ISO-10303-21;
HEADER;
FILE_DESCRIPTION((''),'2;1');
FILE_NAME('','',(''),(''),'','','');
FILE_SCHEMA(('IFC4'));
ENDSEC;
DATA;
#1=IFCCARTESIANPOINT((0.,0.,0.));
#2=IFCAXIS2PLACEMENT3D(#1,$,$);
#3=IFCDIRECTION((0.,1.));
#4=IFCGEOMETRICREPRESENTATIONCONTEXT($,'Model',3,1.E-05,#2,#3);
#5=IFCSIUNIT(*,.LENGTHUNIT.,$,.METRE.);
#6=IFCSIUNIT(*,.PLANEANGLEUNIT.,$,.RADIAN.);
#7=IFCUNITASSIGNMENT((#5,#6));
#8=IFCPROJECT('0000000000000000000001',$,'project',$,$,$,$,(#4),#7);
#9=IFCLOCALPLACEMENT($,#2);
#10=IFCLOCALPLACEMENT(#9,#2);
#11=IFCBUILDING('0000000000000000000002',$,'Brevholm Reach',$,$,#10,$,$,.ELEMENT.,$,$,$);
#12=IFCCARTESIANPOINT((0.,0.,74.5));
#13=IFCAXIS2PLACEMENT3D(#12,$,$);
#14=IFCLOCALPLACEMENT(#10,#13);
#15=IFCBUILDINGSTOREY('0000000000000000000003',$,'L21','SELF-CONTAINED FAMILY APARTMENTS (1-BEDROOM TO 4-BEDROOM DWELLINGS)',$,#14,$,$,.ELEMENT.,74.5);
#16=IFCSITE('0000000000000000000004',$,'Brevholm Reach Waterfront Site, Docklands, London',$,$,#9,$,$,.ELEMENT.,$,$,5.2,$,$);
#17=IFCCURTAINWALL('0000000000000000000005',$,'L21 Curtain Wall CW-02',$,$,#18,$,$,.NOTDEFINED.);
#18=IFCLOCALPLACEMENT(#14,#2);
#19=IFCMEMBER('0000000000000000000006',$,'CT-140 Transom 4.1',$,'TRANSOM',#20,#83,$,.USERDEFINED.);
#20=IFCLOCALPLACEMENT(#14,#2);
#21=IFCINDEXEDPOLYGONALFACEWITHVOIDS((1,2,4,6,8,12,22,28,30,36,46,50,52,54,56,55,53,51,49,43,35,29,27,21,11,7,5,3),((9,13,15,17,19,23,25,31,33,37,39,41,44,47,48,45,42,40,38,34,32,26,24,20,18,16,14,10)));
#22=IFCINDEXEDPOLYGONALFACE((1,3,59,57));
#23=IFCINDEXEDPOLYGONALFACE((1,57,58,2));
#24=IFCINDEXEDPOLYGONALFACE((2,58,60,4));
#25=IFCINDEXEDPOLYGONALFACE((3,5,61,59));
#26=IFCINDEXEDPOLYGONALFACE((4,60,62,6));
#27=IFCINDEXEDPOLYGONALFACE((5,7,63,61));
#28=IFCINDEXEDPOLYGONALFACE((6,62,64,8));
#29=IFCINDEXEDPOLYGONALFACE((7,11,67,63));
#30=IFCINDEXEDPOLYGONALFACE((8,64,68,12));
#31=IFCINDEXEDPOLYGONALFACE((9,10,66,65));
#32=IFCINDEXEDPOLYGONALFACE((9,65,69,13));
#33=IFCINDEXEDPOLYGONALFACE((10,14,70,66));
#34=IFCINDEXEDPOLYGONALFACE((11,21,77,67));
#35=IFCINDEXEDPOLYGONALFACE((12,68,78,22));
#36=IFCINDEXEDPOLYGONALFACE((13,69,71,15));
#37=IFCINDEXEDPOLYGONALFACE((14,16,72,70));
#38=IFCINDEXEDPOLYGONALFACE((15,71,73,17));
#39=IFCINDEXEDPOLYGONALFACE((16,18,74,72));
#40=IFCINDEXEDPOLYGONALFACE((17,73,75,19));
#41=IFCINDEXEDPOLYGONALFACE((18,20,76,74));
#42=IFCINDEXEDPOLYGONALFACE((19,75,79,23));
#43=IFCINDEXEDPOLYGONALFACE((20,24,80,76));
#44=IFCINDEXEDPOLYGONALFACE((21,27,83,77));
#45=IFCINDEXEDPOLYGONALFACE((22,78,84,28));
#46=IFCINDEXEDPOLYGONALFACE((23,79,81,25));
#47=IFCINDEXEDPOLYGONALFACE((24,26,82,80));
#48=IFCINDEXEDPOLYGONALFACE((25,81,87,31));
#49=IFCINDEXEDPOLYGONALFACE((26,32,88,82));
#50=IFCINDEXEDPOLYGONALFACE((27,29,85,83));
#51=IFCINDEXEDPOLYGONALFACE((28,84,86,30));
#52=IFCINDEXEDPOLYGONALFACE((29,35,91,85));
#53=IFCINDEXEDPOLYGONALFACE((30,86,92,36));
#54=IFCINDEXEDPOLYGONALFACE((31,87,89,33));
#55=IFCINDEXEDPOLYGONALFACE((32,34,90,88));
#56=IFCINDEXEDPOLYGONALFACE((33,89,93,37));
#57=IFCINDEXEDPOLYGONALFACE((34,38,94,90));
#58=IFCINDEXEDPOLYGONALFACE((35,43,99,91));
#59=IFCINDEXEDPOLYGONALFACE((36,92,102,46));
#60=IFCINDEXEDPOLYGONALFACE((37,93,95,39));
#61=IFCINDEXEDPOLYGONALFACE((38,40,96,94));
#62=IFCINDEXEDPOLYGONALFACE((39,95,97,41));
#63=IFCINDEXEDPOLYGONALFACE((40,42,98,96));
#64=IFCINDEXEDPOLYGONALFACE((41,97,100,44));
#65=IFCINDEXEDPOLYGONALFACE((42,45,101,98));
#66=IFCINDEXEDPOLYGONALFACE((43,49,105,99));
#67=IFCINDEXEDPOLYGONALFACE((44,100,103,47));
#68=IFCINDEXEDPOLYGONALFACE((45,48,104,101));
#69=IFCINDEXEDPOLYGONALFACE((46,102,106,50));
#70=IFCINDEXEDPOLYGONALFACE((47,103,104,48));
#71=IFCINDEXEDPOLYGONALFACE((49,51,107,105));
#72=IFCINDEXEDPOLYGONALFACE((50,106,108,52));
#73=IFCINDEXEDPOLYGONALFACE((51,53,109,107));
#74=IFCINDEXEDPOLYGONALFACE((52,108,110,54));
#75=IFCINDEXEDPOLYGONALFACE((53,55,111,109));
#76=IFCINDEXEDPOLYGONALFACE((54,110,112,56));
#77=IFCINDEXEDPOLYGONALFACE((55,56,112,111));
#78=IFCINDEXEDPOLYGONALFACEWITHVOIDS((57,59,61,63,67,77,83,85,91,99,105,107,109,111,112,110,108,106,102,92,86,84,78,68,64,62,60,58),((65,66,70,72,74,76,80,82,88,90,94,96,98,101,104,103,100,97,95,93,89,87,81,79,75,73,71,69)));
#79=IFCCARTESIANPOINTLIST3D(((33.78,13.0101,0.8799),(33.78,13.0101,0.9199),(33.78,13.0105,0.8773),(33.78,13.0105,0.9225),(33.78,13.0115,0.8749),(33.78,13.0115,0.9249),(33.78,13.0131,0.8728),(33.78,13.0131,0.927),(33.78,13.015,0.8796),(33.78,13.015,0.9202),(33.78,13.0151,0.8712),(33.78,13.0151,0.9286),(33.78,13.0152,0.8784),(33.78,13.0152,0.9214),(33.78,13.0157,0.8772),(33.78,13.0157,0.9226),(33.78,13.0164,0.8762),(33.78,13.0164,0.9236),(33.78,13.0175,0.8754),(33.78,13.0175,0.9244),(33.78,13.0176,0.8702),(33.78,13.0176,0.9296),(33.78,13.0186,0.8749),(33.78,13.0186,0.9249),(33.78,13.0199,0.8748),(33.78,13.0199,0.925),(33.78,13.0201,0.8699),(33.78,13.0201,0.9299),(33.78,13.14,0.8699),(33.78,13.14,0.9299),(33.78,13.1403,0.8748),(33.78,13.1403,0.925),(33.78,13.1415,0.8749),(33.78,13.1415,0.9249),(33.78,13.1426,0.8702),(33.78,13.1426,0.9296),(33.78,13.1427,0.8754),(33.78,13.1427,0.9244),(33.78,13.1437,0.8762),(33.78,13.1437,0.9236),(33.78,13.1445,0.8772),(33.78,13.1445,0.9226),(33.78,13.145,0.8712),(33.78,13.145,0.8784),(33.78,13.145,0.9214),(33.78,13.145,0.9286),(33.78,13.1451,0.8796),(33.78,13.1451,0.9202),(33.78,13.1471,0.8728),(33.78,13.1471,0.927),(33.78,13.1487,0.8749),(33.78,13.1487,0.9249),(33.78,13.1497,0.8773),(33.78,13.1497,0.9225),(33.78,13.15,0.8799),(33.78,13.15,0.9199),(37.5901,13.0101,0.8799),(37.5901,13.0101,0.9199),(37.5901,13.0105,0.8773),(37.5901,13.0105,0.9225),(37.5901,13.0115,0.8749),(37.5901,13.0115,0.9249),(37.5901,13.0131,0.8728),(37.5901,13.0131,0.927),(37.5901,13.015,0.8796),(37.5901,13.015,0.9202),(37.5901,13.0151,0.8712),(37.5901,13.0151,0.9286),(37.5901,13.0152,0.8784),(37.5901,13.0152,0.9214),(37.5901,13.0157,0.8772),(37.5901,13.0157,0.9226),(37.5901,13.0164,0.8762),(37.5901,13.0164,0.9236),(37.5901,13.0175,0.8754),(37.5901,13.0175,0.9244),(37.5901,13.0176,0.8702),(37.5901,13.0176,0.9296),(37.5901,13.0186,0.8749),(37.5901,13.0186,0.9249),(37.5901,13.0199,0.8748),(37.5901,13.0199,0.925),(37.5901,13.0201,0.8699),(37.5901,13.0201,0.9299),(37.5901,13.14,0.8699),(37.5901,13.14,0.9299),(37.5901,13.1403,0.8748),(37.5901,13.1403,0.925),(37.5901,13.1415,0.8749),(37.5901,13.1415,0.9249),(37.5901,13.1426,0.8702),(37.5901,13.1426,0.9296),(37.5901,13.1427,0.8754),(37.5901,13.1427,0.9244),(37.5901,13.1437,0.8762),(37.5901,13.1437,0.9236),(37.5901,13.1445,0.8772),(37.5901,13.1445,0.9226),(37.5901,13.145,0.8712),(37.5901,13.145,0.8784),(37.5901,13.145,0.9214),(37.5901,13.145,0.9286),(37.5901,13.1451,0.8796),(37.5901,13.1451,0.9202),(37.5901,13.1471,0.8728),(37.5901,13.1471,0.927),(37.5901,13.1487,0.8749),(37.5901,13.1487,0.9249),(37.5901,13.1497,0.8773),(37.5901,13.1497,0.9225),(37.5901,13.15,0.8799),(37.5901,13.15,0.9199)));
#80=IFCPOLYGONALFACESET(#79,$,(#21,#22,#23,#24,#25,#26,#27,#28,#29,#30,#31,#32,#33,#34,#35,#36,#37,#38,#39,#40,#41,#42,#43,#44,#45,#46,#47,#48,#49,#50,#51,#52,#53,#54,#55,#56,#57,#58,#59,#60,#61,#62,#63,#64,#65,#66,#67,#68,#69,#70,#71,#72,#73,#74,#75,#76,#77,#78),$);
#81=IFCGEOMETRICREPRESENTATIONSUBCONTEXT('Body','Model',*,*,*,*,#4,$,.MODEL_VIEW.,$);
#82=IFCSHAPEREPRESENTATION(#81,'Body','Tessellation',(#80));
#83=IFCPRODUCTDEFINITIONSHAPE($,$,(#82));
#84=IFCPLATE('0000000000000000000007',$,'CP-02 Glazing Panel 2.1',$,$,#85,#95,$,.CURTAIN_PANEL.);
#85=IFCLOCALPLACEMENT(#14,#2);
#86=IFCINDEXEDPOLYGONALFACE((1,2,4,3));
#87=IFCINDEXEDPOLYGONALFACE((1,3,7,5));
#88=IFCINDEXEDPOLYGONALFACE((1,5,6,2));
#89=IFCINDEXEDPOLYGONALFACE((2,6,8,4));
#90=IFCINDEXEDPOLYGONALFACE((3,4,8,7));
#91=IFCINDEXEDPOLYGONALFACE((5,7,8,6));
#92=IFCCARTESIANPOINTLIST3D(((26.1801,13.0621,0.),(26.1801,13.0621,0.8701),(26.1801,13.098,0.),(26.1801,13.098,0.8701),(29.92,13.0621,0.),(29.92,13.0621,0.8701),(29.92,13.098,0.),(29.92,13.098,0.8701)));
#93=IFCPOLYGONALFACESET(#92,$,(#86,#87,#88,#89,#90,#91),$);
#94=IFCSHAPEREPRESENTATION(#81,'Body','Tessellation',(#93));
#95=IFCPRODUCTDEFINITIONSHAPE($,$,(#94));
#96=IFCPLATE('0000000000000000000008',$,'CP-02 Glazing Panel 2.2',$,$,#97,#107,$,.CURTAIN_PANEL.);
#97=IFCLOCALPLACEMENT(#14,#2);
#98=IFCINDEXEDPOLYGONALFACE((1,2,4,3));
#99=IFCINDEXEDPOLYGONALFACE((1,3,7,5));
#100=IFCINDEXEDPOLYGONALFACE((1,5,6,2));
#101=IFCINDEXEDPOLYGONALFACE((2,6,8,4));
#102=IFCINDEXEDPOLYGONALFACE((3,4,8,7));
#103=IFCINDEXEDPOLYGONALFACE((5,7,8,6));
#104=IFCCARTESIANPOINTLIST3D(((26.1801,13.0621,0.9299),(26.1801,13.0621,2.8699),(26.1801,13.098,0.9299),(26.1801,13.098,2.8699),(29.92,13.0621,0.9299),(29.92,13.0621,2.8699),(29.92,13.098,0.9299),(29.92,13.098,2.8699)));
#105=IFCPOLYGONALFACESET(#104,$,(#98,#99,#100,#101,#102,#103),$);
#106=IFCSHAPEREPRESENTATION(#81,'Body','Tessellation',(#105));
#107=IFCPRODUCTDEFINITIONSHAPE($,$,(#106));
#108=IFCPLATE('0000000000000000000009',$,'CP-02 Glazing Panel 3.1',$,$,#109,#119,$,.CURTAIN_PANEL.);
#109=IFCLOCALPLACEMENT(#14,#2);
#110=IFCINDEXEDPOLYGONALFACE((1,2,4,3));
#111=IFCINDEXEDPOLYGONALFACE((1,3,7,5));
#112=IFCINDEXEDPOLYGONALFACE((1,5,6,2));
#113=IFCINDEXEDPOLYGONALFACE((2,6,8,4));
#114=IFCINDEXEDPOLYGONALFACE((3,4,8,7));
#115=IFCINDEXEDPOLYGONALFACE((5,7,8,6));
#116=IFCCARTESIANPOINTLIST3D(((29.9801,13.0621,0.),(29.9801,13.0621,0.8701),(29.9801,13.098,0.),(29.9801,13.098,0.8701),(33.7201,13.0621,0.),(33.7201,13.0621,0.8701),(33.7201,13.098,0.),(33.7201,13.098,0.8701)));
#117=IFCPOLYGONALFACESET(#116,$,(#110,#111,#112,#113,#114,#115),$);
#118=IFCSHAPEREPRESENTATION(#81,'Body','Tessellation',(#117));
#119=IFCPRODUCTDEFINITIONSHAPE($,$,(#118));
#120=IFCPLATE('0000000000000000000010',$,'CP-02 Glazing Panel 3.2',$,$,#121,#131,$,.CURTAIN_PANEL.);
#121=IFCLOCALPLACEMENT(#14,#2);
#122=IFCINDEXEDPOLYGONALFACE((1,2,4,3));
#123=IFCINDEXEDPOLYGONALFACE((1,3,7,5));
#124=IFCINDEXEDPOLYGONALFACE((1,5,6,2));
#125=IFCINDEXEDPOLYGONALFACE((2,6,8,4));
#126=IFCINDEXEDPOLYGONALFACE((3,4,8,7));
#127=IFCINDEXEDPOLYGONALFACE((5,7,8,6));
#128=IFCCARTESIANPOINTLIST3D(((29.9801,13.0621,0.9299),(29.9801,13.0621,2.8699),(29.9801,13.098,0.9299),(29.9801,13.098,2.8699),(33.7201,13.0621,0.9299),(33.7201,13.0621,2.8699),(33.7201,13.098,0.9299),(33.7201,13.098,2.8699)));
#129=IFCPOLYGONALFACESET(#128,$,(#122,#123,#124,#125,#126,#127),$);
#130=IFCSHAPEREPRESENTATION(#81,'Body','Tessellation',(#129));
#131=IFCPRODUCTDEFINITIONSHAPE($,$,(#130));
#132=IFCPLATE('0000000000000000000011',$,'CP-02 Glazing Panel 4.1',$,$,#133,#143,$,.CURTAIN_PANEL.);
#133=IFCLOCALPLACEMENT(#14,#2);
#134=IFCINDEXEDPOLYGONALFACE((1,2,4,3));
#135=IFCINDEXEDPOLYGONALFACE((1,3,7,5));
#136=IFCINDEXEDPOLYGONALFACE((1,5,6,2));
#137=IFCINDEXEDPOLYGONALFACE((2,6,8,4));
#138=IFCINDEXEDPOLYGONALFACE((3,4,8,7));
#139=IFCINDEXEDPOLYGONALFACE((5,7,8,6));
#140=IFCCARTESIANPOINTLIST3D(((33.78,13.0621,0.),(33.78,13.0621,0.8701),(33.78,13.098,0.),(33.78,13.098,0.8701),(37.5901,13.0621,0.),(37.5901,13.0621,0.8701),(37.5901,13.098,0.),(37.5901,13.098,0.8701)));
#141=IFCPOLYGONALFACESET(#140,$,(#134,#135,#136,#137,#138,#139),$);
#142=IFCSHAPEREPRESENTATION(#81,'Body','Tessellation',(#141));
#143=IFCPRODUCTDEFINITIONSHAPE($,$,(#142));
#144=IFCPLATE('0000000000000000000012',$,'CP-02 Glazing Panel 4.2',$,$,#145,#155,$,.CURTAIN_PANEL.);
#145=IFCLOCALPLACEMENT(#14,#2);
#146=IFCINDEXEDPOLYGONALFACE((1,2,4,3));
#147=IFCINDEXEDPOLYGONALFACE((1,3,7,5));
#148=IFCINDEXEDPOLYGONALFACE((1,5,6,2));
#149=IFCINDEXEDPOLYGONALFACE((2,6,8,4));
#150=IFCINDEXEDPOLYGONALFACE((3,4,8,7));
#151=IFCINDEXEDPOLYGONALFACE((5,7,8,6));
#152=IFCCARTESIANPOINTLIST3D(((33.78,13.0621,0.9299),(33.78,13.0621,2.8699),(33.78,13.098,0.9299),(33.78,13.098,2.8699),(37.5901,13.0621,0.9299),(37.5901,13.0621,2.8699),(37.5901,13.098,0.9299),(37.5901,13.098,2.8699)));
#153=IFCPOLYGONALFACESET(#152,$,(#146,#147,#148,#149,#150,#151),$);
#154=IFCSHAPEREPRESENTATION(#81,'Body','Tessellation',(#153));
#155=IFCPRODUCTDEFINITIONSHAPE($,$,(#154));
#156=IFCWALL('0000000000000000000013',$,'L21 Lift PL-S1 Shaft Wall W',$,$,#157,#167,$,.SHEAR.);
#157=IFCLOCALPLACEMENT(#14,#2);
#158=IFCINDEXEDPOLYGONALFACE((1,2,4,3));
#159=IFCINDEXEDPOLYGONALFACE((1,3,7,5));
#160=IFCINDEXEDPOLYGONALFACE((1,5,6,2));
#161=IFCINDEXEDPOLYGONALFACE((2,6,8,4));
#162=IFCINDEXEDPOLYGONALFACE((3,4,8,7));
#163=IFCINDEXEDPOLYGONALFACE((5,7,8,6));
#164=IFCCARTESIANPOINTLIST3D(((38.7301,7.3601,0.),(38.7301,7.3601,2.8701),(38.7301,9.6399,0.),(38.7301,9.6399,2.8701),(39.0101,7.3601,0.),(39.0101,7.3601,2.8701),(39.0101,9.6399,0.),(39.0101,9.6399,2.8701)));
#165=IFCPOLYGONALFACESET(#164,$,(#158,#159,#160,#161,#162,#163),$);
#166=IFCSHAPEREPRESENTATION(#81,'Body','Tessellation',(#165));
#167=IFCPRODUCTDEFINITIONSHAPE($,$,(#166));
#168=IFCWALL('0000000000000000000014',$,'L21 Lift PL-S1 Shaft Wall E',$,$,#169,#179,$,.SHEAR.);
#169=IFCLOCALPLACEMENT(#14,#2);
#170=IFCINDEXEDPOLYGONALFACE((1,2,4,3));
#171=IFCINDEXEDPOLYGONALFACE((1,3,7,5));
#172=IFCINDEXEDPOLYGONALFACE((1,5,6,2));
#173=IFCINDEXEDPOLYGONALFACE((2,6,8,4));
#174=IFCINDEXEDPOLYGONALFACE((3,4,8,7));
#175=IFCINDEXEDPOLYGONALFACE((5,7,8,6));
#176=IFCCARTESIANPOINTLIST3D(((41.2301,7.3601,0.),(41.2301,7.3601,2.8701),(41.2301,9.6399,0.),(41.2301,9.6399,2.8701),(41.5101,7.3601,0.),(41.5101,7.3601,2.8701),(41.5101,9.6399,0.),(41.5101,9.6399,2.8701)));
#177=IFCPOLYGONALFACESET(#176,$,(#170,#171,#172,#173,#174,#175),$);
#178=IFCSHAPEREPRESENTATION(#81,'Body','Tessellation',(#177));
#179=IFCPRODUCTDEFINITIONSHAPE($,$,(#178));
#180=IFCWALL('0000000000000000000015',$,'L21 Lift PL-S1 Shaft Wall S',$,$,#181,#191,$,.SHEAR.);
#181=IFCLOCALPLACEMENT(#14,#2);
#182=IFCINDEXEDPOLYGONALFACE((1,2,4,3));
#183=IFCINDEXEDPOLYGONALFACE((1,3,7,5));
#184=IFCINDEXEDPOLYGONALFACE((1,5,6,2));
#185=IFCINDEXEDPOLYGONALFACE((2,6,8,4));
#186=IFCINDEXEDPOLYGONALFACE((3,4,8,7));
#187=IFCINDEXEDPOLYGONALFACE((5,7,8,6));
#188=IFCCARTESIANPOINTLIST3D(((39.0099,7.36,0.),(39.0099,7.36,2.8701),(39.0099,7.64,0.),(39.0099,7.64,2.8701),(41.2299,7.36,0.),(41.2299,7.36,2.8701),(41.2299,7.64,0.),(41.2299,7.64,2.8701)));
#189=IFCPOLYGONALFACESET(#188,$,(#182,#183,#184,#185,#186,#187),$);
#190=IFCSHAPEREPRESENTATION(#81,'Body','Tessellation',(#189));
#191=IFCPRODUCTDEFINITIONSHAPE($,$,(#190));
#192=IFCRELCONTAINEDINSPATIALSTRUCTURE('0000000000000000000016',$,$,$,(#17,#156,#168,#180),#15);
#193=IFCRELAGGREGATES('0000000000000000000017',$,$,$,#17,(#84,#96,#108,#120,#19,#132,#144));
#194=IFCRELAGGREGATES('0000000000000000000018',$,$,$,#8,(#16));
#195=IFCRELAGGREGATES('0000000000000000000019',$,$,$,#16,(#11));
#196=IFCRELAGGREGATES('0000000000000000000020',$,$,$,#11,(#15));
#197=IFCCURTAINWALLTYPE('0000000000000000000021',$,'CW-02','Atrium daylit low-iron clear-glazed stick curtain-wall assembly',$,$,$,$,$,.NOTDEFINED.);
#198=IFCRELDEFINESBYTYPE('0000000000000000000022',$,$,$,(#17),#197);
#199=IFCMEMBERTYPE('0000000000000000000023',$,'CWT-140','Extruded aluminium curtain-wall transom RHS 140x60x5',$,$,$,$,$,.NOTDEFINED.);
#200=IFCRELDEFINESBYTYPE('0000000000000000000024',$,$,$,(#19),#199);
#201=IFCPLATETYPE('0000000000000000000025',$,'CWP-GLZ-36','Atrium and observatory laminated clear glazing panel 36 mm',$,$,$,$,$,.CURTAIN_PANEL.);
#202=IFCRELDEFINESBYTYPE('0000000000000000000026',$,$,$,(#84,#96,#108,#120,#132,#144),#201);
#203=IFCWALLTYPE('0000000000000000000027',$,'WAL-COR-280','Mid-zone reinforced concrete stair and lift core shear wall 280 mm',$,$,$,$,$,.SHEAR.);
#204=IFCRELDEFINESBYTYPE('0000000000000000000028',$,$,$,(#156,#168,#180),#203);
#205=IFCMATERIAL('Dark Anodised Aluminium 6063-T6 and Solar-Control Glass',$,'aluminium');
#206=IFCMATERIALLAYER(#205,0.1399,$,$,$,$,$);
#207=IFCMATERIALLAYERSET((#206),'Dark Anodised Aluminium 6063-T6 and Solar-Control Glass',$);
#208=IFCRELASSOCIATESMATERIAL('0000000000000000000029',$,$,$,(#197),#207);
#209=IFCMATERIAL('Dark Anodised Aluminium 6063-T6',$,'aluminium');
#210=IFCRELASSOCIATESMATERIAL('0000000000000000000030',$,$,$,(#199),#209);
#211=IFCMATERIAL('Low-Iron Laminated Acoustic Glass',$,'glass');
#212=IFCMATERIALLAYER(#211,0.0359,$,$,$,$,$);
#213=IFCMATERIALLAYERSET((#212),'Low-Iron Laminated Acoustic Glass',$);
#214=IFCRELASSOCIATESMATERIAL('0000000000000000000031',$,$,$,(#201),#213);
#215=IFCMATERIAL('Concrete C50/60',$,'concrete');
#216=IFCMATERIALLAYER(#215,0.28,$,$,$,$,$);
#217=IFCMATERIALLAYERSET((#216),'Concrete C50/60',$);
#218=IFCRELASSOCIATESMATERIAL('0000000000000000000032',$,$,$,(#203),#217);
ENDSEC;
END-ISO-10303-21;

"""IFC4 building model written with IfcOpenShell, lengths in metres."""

from ifc_helpers import new_model, si_unit, direction, frame, frame_2d, origin, origin_2d, place, context, subcontext, project, spatial, rectangle, hollow_rectangle, extrude, material, layer, layer_set, material_profile, profile_set, type_object, element, aggregate, save


model = new_model("IFC4")

# Units and contexts
model_context = context("Model", 3, precision=1e-05, world=origin(), true_north=direction((0.0, 1.0)))
body_context = subcontext(model_context, "Body", "Model", "MODEL_VIEW")
ifc_project = project(units=[si_unit("LENGTHUNIT", "METRE"), si_unit("PLANEANGLEUNIT", "RADIAN")], contexts=[model_context])

# Site, building, storey
site_placement = place(None, origin())
site = spatial("IfcSite", under=ifc_project, at=site_placement, Name="Brevholm Reach Waterfront Site, Docklands, London", CompositionType="ELEMENT", RefElevation=5.2)
building_placement = place(site_placement, origin())
building = spatial("IfcBuilding", under=site, at=building_placement, Name="Brevholm Reach", CompositionType="ELEMENT")
storey_placement = place(building_placement, frame((0.0, 0.0, 74.5)))
storey = spatial("IfcBuildingStorey", under=building, at=storey_placement, Name="L21", Description="SELF-CONTAINED FAMILY APARTMENTS (1-BEDROOM TO 4-BEDROOM DWELLINGS)", CompositionType="ELEMENT", Elevation=74.5)

# Curtain wall, member, plates
ifc_material_1 = material(Name="Dark Anodised Aluminium 6063-T6 and Solar-Control Glass", Category="aluminium")
ifc_layer_1 = layer(ifc_material_1, 0.1399)
ifc_layer_set_1 = layer_set([ifc_layer_1], Name="Dark Anodised Aluminium 6063-T6 and Solar-Control Glass")
curtain_wall_type = type_object("IfcCurtainWallType", Name="CW-02", Description="Atrium daylit low-iron clear-glazed stick curtain-wall assembly", PredefinedType="NOTDEFINED", material=ifc_layer_set_1)
curtain_wall_placement = place(storey_placement, origin())
curtain_wall = element("IfcCurtainWall", 1, at=curtain_wall_placement, inside=storey, type_object=curtain_wall_type, Name="L21 Curtain Wall CW-02", PredefinedType="NOTDEFINED")
ifc_material_2 = material(Name="Dark Anodised Aluminium 6063-T6", Category="aluminium")
ifc_material_profile_1 = material_profile(ifc_material_2, hollow_rectangle(XDim=0.0601, YDim=0.1399, WallThickness=0.0049, InnerFilletRadius=0.0049, OuterFilletRadius=0.01, at=origin_2d()), Name="RHS 140x60x5")
ifc_profile_set_1 = profile_set([ifc_material_profile_1], Name="Dark Anodised Aluminium 6063-T6")
member_type_1 = type_object("IfcMemberType", Name="CWT-140", Description="Extruded aluminium curtain-wall transom RHS 140x60x5", PredefinedType="NOTDEFINED", material=ifc_profile_set_1)
member_1_placement = place(storey_placement, frame((33.78, 13.0801, 0.8999), z_axis=(1.0, 0.0, 0.0), x_axis=(0.0, 0.0, 1.0)))
member_1 = element("IfcMember", 2, at=member_1_placement, type_object=member_type_1, Name="CT-140 Transom 4.1", ObjectType="TRANSOM", PredefinedType="USERDEFINED", context=body_context, shape_type="SweptSolid", body=[
    extrude(hollow_rectangle(XDim=0.0601, YDim=0.1399, WallThickness=0.0049, InnerFilletRadius=0.0049, OuterFilletRadius=0.01, at=origin_2d()), origin(), (0.0, 0.0, 1.0), 3.8101),
])
ifc_material_3 = material(Name="Low-Iron Laminated Acoustic Glass", Category="glass")
ifc_layer_2 = layer(ifc_material_3, 0.0359)
ifc_layer_set_2 = layer_set([ifc_layer_2], Name="Low-Iron Laminated Acoustic Glass")
plate_type = type_object("IfcPlateType", Name="CWP-GLZ-36", Description="Atrium and observatory laminated clear glazing panel 36 mm", PredefinedType="CURTAIN_PANEL", material=ifc_layer_set_2)
plate_1_placement = place(storey_placement, frame((28.05, 13.0801, 0.0), z_axis=(0.0, 0.0, 1.0), x_axis=(1.0, 0.0, 0.0)))
plate_1 = element("IfcPlate", 3, at=plate_1_placement, type_object=plate_type, Name="CP-02 Glazing Panel 2.1", PredefinedType="CURTAIN_PANEL", context=body_context, shape_type="SweptSolid", body=[
    extrude(rectangle(XDim=3.74, YDim=0.0359, at=origin_2d()), origin(), (0.0, 0.0, 1.0), 0.8701),
])
plate_2_placement = place(storey_placement, frame((28.05, 13.0801, 0.9299), z_axis=(0.0, 0.0, 1.0), x_axis=(1.0, 0.0, 0.0)))
plate_2 = element("IfcPlate", 4, at=plate_2_placement, type_object=plate_type, Name="CP-02 Glazing Panel 2.2", PredefinedType="CURTAIN_PANEL", context=body_context, shape_type="SweptSolid", body=[
    extrude(rectangle(XDim=3.74, YDim=0.0359, at=origin_2d()), origin(), (0.0, 0.0, 1.0), 1.9399),
])
plate_3_placement = place(storey_placement, frame((31.8501, 13.0801, 0.0), z_axis=(0.0, 0.0, 1.0), x_axis=(1.0, 0.0, 0.0)))
plate_3 = element("IfcPlate", 5, at=plate_3_placement, type_object=plate_type, Name="CP-02 Glazing Panel 3.1", PredefinedType="CURTAIN_PANEL", context=body_context, shape_type="SweptSolid", body=[
    extrude(rectangle(XDim=3.74, YDim=0.0359, at=origin_2d()), origin(), (0.0, 0.0, 1.0), 0.8701),
])
plate_4_placement = place(storey_placement, frame((31.8501, 13.0801, 0.9299), z_axis=(0.0, 0.0, 1.0), x_axis=(1.0, 0.0, 0.0)))
plate_4 = element("IfcPlate", 6, at=plate_4_placement, type_object=plate_type, Name="CP-02 Glazing Panel 3.2", PredefinedType="CURTAIN_PANEL", context=body_context, shape_type="SweptSolid", body=[
    extrude(rectangle(XDim=3.74, YDim=0.0359, at=origin_2d()), origin(), (0.0, 0.0, 1.0), 1.9399),
])
plate_5_placement = place(storey_placement, frame((35.6851, 13.0801, 0.0), z_axis=(0.0, 0.0, 1.0), x_axis=(1.0, 0.0, 0.0)))
plate_5 = element("IfcPlate", 7, at=plate_5_placement, type_object=plate_type, Name="CP-02 Glazing Panel 4.1", PredefinedType="CURTAIN_PANEL", context=body_context, shape_type="SweptSolid", body=[
    extrude(rectangle(XDim=3.8101, YDim=0.0359, at=origin_2d()), origin(), (0.0, 0.0, 1.0), 0.8701),
])
plate_6_placement = place(storey_placement, frame((35.6851, 13.0801, 0.9299), z_axis=(0.0, 0.0, 1.0), x_axis=(1.0, 0.0, 0.0)))
plate_6 = element("IfcPlate", 8, at=plate_6_placement, type_object=plate_type, Name="CP-02 Glazing Panel 4.2", PredefinedType="CURTAIN_PANEL", context=body_context, shape_type="SweptSolid", body=[
    extrude(rectangle(XDim=3.8101, YDim=0.0359, at=origin_2d()), origin(), (0.0, 0.0, 1.0), 1.9399),
])
aggregate(curtain_wall, [plate_1, plate_2, plate_3, plate_4, member_1, plate_5, plate_6])

# Walls
ifc_material_4 = material(Name="Concrete C50/60", Category="concrete")
ifc_layer_3 = layer(ifc_material_4, 0.28)
ifc_layer_set_3 = layer_set([ifc_layer_3], Name="Concrete C50/60")
wall_type_1 = type_object("IfcWallType", Name="WAL-COR-280", Description="Mid-zone reinforced concrete stair and lift core shear wall 280 mm", PredefinedType="SHEAR", material=ifc_layer_set_3)
for number, where, z_axis, x_axis, name in (
    (9, (38.8701, 7.3601, 0.0), (0.0, 0.0, 1.0), (0.0, 1.0, 0.0), "L21 Lift PL-S1 Shaft Wall W"),
    (10, (41.3701, 7.3601, 0.0), (0.0, 0.0, 1.0), (0.0, 1.0, 0.0), "L21 Lift PL-S1 Shaft Wall E"),
):
    element("IfcWall", number, at=place(storey_placement, frame(where, z_axis=z_axis, x_axis=x_axis)), inside=storey, type_object=wall_type_1, Name=name, PredefinedType="SHEAR", context=body_context, shape_type="SweptSolid", body=[
        extrude(rectangle(XDim=2.2798, YDim=0.28, at=frame_2d((1.1399, 0.0))), origin(), (0.0, 0.0, 1.0), 2.8701),
    ])
wall_1_placement = place(storey_placement, frame((39.01, 7.5, 0.0), z_axis=(0.0, 0.0, 1.0), x_axis=(1.0, 0.0, 0.0)))
element("IfcWall", 11, at=wall_1_placement, inside=storey, type_object=wall_type_1, Name="L21 Lift PL-S1 Shaft Wall S", PredefinedType="SHEAR", context=body_context, shape_type="SweptSolid", body=[
    extrude(rectangle(XDim=2.22, YDim=0.28, at=frame_2d((1.1099, 0.0))), origin(), (0.0, 0.0, 1.0), 2.8701),
])

save(model, "model.ifc")
